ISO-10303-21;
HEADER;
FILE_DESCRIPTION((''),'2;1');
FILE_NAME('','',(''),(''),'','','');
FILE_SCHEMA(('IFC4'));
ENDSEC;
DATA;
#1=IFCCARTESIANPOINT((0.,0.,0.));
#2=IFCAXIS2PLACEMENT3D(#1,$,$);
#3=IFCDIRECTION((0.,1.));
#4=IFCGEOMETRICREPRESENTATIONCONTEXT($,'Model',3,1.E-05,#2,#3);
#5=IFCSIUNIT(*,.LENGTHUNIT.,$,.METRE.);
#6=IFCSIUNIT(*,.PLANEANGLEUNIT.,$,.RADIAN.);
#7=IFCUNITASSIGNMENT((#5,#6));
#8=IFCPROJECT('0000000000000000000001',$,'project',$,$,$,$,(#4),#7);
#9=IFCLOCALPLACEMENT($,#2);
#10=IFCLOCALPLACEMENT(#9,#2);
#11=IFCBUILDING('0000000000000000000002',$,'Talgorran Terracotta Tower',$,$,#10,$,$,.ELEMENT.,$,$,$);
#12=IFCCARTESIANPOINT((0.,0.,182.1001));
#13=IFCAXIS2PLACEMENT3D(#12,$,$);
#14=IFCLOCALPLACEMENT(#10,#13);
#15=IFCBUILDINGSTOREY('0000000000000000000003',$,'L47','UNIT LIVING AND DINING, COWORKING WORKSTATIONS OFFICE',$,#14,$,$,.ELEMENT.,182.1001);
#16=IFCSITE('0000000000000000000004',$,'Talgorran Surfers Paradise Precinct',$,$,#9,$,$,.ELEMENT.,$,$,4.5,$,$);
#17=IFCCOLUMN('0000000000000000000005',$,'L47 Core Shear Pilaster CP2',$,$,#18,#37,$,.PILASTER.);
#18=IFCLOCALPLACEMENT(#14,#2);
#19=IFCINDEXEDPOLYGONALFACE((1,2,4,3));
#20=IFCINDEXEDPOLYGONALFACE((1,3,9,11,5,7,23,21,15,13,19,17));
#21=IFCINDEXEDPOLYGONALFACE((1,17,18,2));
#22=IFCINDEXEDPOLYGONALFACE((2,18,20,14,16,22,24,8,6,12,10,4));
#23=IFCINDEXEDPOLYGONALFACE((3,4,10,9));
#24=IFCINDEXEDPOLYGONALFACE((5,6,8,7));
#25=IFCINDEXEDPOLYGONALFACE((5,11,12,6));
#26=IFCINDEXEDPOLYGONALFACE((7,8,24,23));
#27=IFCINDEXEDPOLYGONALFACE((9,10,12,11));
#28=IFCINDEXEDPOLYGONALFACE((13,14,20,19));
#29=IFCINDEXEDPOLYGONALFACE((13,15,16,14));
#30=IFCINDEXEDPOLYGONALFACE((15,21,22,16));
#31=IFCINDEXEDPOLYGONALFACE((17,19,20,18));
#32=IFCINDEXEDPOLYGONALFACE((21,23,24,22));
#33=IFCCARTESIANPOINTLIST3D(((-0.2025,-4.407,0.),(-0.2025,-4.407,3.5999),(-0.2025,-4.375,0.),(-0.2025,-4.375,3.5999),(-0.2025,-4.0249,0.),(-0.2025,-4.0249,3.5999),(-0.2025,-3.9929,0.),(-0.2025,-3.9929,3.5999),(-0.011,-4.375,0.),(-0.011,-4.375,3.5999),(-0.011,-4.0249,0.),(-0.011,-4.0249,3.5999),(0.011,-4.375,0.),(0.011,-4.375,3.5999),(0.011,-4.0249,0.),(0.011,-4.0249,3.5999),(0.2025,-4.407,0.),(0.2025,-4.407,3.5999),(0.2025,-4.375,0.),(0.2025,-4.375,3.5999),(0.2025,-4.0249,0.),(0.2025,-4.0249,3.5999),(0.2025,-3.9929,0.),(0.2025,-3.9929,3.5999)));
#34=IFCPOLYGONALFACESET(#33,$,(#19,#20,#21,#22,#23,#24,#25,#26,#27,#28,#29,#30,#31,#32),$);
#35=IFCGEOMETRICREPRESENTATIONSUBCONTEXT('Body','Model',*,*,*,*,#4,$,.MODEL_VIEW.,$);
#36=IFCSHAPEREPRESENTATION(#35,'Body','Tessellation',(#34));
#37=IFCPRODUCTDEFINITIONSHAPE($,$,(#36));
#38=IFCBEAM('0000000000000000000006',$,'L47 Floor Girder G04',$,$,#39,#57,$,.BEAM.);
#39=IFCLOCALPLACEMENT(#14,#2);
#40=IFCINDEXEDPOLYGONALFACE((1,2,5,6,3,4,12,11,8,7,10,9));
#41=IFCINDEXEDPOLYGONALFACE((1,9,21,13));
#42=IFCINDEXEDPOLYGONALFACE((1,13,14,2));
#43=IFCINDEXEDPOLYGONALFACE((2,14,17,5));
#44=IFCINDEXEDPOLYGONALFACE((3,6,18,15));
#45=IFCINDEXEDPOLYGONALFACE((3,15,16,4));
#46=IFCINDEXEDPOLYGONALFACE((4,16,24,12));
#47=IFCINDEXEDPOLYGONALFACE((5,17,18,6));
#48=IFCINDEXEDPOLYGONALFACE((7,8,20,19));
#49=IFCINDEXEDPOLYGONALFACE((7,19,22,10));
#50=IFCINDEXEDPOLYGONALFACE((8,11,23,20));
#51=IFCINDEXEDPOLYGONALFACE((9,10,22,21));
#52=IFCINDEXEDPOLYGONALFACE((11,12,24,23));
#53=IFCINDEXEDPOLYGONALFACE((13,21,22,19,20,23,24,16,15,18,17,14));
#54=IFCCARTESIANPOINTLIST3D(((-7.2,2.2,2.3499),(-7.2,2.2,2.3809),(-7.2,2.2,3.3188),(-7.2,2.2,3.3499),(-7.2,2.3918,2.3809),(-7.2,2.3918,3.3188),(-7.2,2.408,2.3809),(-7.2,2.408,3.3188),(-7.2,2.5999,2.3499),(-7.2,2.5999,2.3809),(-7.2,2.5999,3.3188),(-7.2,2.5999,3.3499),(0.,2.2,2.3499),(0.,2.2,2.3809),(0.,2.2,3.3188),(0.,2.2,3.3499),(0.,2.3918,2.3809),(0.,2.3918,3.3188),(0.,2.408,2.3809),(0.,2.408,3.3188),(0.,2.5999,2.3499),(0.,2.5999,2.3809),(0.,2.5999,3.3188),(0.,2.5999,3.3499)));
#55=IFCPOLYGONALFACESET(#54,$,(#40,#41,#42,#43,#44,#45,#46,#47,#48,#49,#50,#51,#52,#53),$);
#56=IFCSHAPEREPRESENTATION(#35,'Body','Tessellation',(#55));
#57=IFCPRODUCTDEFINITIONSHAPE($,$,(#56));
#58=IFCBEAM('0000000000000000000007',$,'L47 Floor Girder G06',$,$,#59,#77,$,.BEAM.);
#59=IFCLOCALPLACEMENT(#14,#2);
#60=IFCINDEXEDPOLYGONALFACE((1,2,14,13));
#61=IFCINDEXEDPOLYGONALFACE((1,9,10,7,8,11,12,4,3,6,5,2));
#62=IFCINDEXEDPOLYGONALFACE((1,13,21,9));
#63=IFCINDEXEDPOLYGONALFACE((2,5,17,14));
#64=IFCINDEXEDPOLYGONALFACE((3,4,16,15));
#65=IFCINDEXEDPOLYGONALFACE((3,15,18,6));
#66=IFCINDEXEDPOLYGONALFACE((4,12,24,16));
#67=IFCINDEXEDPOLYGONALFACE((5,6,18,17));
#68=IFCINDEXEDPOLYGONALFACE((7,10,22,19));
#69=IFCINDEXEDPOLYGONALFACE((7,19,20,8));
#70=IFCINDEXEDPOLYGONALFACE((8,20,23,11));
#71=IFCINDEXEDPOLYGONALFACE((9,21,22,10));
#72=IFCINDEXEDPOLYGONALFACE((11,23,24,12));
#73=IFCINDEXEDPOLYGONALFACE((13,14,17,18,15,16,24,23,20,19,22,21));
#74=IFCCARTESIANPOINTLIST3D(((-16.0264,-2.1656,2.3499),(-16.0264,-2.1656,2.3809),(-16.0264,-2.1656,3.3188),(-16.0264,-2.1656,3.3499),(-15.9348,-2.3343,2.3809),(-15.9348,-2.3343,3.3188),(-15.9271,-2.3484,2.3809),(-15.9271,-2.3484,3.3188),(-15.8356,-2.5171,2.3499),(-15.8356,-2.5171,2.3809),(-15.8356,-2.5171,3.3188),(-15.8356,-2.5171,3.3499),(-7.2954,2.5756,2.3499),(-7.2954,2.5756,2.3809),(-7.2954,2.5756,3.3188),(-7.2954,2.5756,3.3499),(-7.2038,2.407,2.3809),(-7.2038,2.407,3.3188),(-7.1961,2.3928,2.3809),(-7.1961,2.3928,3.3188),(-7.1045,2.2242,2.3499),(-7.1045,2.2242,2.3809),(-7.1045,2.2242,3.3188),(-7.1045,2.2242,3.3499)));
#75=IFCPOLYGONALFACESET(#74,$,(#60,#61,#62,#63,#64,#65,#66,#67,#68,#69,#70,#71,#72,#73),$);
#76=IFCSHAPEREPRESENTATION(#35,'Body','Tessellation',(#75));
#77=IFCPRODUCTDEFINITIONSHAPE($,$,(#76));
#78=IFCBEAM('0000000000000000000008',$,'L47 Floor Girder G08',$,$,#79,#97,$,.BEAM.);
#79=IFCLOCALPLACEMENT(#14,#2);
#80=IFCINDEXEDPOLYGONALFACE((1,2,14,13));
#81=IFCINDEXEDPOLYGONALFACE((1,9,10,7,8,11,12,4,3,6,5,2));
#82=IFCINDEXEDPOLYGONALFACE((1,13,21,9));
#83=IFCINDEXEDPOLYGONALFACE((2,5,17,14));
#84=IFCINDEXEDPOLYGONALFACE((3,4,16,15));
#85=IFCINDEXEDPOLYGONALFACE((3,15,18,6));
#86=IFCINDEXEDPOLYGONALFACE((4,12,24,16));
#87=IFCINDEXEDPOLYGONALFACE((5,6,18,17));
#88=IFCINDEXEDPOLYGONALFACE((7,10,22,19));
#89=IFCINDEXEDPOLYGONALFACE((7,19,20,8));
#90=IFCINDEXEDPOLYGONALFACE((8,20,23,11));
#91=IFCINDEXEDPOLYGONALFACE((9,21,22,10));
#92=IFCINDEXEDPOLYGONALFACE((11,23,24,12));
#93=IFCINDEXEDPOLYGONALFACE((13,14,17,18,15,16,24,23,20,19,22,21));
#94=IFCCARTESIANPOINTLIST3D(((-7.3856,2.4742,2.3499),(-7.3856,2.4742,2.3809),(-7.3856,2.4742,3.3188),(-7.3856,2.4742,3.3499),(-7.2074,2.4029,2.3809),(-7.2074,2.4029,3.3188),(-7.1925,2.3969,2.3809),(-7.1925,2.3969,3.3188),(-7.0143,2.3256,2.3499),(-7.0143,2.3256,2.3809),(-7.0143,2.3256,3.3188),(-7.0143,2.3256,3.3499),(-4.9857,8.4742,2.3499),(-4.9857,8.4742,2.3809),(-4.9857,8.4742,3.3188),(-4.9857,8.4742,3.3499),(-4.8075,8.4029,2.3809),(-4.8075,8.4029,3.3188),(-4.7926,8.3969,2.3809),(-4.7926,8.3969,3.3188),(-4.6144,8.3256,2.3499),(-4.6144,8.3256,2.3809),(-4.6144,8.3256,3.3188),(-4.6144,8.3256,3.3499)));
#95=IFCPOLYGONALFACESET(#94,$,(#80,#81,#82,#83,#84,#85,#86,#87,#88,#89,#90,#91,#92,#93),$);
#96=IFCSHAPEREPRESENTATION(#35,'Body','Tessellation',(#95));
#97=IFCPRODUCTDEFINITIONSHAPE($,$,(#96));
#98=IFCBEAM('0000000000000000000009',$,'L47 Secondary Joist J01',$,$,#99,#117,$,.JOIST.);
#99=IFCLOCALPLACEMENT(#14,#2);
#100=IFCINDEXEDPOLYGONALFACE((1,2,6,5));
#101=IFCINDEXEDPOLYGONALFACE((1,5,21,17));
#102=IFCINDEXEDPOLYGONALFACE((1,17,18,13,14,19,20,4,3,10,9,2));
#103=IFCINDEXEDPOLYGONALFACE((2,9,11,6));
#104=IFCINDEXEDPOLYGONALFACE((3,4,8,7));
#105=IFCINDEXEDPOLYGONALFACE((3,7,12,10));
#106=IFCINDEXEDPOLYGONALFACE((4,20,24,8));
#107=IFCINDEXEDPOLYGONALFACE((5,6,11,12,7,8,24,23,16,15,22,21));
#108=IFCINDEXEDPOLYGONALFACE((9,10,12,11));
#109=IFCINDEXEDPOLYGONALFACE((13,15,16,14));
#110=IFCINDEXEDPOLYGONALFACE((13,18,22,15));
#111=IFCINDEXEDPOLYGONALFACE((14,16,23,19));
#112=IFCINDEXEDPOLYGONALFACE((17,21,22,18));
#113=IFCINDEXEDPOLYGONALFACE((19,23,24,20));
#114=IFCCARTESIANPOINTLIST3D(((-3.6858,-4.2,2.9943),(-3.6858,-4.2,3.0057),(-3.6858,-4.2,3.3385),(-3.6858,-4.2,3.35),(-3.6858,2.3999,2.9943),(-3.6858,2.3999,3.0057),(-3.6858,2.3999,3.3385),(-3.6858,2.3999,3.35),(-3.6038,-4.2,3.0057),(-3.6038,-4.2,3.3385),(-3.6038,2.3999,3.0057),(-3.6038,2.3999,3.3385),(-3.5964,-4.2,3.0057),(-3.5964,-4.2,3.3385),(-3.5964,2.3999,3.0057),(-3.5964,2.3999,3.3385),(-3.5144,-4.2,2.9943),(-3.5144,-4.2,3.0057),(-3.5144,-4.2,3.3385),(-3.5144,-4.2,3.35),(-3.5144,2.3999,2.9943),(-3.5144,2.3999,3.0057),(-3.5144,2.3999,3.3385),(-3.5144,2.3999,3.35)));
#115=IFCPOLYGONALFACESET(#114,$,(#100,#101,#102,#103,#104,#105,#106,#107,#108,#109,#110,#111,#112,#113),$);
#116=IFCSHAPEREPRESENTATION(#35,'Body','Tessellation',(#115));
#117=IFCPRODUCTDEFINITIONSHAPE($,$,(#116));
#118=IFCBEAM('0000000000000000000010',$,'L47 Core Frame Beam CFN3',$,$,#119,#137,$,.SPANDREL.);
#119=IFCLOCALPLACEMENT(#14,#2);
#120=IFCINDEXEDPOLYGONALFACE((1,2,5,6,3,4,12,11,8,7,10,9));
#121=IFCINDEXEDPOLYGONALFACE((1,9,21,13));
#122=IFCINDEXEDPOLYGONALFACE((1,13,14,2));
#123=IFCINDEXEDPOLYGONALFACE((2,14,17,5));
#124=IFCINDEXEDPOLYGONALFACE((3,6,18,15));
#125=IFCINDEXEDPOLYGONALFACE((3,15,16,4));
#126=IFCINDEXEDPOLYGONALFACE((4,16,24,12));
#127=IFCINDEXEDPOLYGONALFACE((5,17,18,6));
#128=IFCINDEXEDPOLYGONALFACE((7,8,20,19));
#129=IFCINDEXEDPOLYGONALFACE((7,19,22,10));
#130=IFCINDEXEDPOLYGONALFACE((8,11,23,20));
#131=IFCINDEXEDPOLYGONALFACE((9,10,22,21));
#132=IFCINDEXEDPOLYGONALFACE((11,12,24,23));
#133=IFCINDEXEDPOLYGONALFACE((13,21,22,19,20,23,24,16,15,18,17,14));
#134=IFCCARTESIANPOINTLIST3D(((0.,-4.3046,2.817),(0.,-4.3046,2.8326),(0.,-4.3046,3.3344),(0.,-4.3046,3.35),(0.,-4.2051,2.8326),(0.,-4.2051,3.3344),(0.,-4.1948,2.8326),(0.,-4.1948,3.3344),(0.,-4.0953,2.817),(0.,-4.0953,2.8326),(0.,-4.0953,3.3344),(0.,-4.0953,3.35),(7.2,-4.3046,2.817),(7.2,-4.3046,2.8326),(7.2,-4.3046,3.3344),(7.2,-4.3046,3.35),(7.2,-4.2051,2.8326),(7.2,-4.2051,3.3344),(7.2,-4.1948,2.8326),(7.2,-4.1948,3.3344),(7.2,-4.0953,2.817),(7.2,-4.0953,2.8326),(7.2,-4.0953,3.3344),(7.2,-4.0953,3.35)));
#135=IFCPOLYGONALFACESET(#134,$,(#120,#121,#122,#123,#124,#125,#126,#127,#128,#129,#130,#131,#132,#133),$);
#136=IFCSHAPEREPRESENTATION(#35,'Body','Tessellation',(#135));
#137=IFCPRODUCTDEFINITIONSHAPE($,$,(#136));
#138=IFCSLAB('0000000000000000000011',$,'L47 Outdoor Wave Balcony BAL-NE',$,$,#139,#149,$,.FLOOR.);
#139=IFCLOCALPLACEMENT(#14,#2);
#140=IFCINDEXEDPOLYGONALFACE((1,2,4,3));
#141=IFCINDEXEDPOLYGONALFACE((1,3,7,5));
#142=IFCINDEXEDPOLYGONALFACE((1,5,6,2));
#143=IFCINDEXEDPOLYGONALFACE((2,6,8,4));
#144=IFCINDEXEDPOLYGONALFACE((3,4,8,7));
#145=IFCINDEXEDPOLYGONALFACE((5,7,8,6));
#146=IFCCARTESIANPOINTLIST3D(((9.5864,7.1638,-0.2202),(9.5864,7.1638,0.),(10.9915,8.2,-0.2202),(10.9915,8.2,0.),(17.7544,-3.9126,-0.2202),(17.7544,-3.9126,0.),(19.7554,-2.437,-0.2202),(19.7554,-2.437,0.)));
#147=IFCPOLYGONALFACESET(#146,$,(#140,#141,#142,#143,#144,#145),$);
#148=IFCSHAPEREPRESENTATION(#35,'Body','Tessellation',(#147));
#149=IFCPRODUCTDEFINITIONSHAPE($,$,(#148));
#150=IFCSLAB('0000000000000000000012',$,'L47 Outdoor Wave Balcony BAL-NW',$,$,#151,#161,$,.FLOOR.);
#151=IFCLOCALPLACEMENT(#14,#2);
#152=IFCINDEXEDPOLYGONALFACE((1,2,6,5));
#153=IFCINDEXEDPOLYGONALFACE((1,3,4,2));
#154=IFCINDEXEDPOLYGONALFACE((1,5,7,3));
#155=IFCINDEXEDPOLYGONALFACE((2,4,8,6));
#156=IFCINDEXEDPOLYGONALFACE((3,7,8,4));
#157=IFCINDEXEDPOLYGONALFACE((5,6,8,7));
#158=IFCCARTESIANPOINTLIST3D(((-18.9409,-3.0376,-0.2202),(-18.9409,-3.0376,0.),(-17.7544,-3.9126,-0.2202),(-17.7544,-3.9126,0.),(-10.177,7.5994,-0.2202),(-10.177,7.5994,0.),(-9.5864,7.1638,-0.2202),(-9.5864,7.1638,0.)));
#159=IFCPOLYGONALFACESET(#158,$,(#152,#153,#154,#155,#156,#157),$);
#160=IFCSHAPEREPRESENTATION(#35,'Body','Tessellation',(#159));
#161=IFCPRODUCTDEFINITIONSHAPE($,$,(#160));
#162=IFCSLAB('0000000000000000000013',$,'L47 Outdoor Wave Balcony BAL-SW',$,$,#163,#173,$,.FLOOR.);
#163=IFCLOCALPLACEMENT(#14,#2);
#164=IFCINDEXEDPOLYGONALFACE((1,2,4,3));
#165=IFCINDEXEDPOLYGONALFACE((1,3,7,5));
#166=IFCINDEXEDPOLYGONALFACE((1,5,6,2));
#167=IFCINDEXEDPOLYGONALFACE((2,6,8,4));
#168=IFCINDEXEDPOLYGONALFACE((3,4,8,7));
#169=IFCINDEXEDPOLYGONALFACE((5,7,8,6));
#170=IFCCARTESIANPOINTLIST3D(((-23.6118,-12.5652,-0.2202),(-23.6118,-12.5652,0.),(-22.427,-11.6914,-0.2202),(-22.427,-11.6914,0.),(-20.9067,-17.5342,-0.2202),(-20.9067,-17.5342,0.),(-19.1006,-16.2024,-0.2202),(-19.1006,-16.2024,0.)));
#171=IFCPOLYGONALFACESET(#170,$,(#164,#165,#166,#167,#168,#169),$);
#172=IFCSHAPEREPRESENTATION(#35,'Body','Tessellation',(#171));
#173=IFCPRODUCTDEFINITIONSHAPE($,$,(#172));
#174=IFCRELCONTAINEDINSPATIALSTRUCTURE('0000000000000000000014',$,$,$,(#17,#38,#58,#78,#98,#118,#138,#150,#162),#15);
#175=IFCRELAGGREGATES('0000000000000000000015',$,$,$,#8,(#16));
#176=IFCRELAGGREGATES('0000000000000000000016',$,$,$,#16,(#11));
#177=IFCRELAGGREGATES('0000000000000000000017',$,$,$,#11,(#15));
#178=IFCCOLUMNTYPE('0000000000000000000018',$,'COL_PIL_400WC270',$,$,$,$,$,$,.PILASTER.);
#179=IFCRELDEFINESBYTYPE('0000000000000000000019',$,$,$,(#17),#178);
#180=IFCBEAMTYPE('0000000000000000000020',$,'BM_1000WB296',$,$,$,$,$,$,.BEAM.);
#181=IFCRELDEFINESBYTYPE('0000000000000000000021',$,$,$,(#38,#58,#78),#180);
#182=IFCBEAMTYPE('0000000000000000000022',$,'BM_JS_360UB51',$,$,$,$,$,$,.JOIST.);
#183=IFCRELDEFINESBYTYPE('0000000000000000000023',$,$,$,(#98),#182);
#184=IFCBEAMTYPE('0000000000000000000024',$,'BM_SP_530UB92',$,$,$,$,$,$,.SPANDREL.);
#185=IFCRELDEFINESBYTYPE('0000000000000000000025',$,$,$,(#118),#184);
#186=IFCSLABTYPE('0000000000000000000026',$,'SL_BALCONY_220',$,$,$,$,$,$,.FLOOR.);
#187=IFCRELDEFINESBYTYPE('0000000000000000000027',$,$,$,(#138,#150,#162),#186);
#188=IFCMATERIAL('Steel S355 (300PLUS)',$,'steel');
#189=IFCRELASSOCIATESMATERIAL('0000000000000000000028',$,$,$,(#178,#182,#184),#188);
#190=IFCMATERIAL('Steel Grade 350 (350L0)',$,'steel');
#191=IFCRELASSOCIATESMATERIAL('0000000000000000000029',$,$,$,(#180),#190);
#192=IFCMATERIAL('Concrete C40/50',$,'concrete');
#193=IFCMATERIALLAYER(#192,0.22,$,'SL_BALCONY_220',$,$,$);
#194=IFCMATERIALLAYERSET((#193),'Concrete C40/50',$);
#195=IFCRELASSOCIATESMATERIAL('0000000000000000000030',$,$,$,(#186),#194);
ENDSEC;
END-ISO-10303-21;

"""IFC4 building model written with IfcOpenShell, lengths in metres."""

from ifc_helpers import new_model, si_unit, direction, frame, origin, origin_2d, place, context, subcontext, project, spatial, polyline, i_section, outline, extrude, material, layer, layer_set, material_profile, profile_set, type_object, element, save


model = new_model("IFC4")

# Units and contexts
model_context = context("Model", 3, precision=1e-05, world=origin(), true_north=direction((0.0, 1.0)))
body_context = subcontext(model_context, "Body", "Model", "MODEL_VIEW")
ifc_project = project(units=[si_unit("LENGTHUNIT", "METRE"), si_unit("PLANEANGLEUNIT", "RADIAN")], contexts=[model_context])

# Site, building, storey
site_placement = place(None, origin())
site = spatial("IfcSite", under=ifc_project, at=site_placement, Name="Talgorran Surfers Paradise Precinct", CompositionType="ELEMENT", RefElevation=4.5)
building_placement = place(site_placement, origin())
building = spatial("IfcBuilding", under=site, at=building_placement, Name="Talgorran Terracotta Tower", CompositionType="ELEMENT")
storey_placement = place(building_placement, frame((0.0, 0.0, 182.1001)))
storey = spatial("IfcBuildingStorey", under=building, at=storey_placement, Name="L47", Description="UNIT LIVING AND DINING, COWORKING WORKSTATIONS OFFICE", CompositionType="ELEMENT", Elevation=182.1001)

# Column
ifc_material_1 = material(Name="Steel S355 (300PLUS)", Category="steel")
ifc_material_profile_1 = material_profile(ifc_material_1, i_section(OverallWidth=0.405, OverallDepth=0.4141, WebThickness=0.022, FlangeThickness=0.032, at=origin_2d()), Name="400WC270")
ifc_profile_set_1 = profile_set([ifc_material_profile_1], Name="Steel S355 (300PLUS)")
column_type = type_object("IfcColumnType", Name="COL_PIL_400WC270", PredefinedType="PILASTER", material=ifc_profile_set_1)
column_placement = place(storey_placement, frame((0.0, -4.2, 0.0), z_axis=(0.0, 0.0, 1.0), x_axis=(1.0, 0.0, 0.0)))
element("IfcColumn", 1, at=column_placement, inside=storey, type_object=column_type, Name="L47 Core Shear Pilaster CP2", PredefinedType="PILASTER", context=body_context, shape_type="SweptSolid", body=[
    extrude(i_section(OverallWidth=0.405, OverallDepth=0.4141, WebThickness=0.022, FlangeThickness=0.032, at=origin_2d()), origin(), (0.0, 0.0, 1.0), 3.5999),
])

# Beams
ifc_material_2 = material(Name="Steel Grade 350 (350L0)", Category="steel")
ifc_material_profile_2 = material_profile(ifc_material_2, i_section(OverallWidth=0.3999, OverallDepth=1.0, WebThickness=0.0161, FlangeThickness=0.031, at=origin_2d()), Name="1000WB296")
ifc_profile_set_2 = profile_set([ifc_material_profile_2], Name="Steel Grade 350 (350L0)")
beam_type_1 = type_object("IfcBeamType", Name="BM_1000WB296", PredefinedType="BEAM", material=ifc_profile_set_2)
beam_1_placement = place(storey_placement, frame((-7.2, 2.3999, 2.8499), z_axis=(1.0, 0.0, 0.0), x_axis=(0.0, 1.0, 0.0)))
element("IfcBeam", 2, at=beam_1_placement, inside=storey, type_object=beam_type_1, Name="L47 Floor Girder G04", PredefinedType="BEAM", context=body_context, shape_type="SweptSolid", body=[
    extrude(i_section(OverallWidth=0.3999, OverallDepth=1.0, WebThickness=0.0161, FlangeThickness=0.031, at=origin_2d()), origin(), (0.0, 0.0, 1.0), 7.2),
])
beam_2_placement = place(storey_placement, frame((-7.2, 2.3999, 2.8499), z_axis=(-0.878788, -0.477212, 0.0), x_axis=(0.477212, -0.878788, 0.0)))
element("IfcBeam", 3, at=beam_2_placement, inside=storey, type_object=beam_type_1, Name="L47 Floor Girder G06", PredefinedType="BEAM", context=body_context, shape_type="SweptSolid", body=[
    extrude(i_section(OverallWidth=0.3999, OverallDepth=1.0, WebThickness=0.0161, FlangeThickness=0.031, at=origin_2d()), origin(), (0.0, 0.0, 1.0), 9.9353),
])
beam_3_placement = place(storey_placement, frame((-7.2, 2.3999, 2.8499), z_axis=(0.371378, 0.928482, 0.0), x_axis=(-0.928482, 0.371378, 0.0)))
element("IfcBeam", 4, at=beam_3_placement, inside=storey, type_object=beam_type_1, Name="L47 Floor Girder G08", PredefinedType="BEAM", context=body_context, shape_type="SweptSolid", body=[
    extrude(i_section(OverallWidth=0.3999, OverallDepth=1.0, WebThickness=0.0161, FlangeThickness=0.031, at=origin_2d()), origin(), (0.0, 0.0, 1.0), 6.4622),
])
ifc_material_profile_3 = material_profile(ifc_material_1, i_section(OverallWidth=0.1714, OverallDepth=0.3557, WebThickness=0.0073, FlangeThickness=0.0115, at=origin_2d()), Name="360UB50.7")
ifc_profile_set_3 = profile_set([ifc_material_profile_3], Name="Steel S355 (300PLUS)")
beam_type_2 = type_object("IfcBeamType", Name="BM_JS_360UB51", PredefinedType="JOIST", material=ifc_profile_set_3)
beam_4_placement = place(storey_placement, frame((-3.6001, -4.2, 3.1721), z_axis=(0.0, 1.0, 0.0), x_axis=(-1.0, 0.0, 0.0)))
element("IfcBeam", 5, at=beam_4_placement, inside=storey, type_object=beam_type_2, Name="L47 Secondary Joist J01", PredefinedType="JOIST", context=body_context, shape_type="SweptSolid", body=[
    extrude(i_section(OverallWidth=0.1714, OverallDepth=0.3557, WebThickness=0.0073, FlangeThickness=0.0115, at=origin_2d()), origin(), (0.0, 0.0, 1.0), 6.5999),
])
ifc_material_profile_4 = material_profile(ifc_material_1, i_section(OverallWidth=0.2092, OverallDepth=0.533, WebThickness=0.0103, FlangeThickness=0.0156, at=origin_2d()), Name="530UB92.4")
ifc_profile_set_4 = profile_set([ifc_material_profile_4], Name="Steel S355 (300PLUS)")
beam_type_3 = type_object("IfcBeamType", Name="BM_SP_530UB92", PredefinedType="SPANDREL", material=ifc_profile_set_4)
beam_5_placement = place(storey_placement, frame((0.0, -4.2, 3.0835), z_axis=(1.0, 0.0, 0.0), x_axis=(0.0, 1.0, 0.0)))
element("IfcBeam", 6, at=beam_5_placement, inside=storey, type_object=beam_type_3, Name="L47 Core Frame Beam CFN3", PredefinedType="SPANDREL", context=body_context, shape_type="SweptSolid", body=[
    extrude(i_section(OverallWidth=0.2092, OverallDepth=0.533, WebThickness=0.0103, FlangeThickness=0.0156, at=origin_2d()), origin(), (0.0, 0.0, 1.0), 7.2),
])

# Slabs
ifc_material_3 = material(Name="Concrete C40/50", Category="concrete")
ifc_layer_1 = layer(ifc_material_3, 0.22, Name="SL_BALCONY_220")
ifc_layer_set_1 = layer_set([ifc_layer_1], Name="Concrete C40/50")
slab_type_1 = type_object("IfcSlabType", Name="SL_BALCONY_220", PredefinedType="FLOOR", material=ifc_layer_set_1)
slab_1_placement = place(storey_placement, frame((0.0, 0.0, -0.2202)))
element("IfcSlab", 7, at=slab_1_placement, inside=storey, type_object=slab_type_1, Name="L47 Outdoor Wave Balcony BAL-NE", PredefinedType="FLOOR", context=body_context, shape_type="SweptSolid", body=[
    extrude(outline(polyline([(9.5864, 7.1638), (17.7544, -3.9126), (19.7554, -2.437), (10.9915, 8.2), (9.5864, 7.1638)])), origin(), (0.0, 0.0, 1.0), 0.2202),
])
slab_2_placement = place(storey_placement, frame((0.0, 0.0, -0.2202)))
element("IfcSlab", 8, at=slab_2_placement, inside=storey, type_object=slab_type_1, Name="L47 Outdoor Wave Balcony BAL-NW", PredefinedType="FLOOR", context=body_context, shape_type="SweptSolid", body=[
    extrude(outline(polyline([(-17.7544, -3.9126), (-9.5864, 7.1638), (-10.177, 7.5994), (-18.9409, -3.0376), (-17.7544, -3.9126)])), origin(), (0.0, 0.0, 1.0), 0.2202),
])
slab_3_placement = place(storey_placement, frame((0.0, 0.0, -0.2202)))
element("IfcSlab", 9, at=slab_3_placement, inside=storey, type_object=slab_type_1, Name="L47 Outdoor Wave Balcony BAL-SW", PredefinedType="FLOOR", context=body_context, shape_type="SweptSolid", body=[
    extrude(outline(polyline([(-19.1006, -16.2024), (-22.427, -11.6914), (-23.6118, -12.5652), (-20.9067, -17.5342), (-19.1006, -16.2024)])), origin(), (0.0, 0.0, 1.0), 0.2202),
])

save(model, "model.ifc")
